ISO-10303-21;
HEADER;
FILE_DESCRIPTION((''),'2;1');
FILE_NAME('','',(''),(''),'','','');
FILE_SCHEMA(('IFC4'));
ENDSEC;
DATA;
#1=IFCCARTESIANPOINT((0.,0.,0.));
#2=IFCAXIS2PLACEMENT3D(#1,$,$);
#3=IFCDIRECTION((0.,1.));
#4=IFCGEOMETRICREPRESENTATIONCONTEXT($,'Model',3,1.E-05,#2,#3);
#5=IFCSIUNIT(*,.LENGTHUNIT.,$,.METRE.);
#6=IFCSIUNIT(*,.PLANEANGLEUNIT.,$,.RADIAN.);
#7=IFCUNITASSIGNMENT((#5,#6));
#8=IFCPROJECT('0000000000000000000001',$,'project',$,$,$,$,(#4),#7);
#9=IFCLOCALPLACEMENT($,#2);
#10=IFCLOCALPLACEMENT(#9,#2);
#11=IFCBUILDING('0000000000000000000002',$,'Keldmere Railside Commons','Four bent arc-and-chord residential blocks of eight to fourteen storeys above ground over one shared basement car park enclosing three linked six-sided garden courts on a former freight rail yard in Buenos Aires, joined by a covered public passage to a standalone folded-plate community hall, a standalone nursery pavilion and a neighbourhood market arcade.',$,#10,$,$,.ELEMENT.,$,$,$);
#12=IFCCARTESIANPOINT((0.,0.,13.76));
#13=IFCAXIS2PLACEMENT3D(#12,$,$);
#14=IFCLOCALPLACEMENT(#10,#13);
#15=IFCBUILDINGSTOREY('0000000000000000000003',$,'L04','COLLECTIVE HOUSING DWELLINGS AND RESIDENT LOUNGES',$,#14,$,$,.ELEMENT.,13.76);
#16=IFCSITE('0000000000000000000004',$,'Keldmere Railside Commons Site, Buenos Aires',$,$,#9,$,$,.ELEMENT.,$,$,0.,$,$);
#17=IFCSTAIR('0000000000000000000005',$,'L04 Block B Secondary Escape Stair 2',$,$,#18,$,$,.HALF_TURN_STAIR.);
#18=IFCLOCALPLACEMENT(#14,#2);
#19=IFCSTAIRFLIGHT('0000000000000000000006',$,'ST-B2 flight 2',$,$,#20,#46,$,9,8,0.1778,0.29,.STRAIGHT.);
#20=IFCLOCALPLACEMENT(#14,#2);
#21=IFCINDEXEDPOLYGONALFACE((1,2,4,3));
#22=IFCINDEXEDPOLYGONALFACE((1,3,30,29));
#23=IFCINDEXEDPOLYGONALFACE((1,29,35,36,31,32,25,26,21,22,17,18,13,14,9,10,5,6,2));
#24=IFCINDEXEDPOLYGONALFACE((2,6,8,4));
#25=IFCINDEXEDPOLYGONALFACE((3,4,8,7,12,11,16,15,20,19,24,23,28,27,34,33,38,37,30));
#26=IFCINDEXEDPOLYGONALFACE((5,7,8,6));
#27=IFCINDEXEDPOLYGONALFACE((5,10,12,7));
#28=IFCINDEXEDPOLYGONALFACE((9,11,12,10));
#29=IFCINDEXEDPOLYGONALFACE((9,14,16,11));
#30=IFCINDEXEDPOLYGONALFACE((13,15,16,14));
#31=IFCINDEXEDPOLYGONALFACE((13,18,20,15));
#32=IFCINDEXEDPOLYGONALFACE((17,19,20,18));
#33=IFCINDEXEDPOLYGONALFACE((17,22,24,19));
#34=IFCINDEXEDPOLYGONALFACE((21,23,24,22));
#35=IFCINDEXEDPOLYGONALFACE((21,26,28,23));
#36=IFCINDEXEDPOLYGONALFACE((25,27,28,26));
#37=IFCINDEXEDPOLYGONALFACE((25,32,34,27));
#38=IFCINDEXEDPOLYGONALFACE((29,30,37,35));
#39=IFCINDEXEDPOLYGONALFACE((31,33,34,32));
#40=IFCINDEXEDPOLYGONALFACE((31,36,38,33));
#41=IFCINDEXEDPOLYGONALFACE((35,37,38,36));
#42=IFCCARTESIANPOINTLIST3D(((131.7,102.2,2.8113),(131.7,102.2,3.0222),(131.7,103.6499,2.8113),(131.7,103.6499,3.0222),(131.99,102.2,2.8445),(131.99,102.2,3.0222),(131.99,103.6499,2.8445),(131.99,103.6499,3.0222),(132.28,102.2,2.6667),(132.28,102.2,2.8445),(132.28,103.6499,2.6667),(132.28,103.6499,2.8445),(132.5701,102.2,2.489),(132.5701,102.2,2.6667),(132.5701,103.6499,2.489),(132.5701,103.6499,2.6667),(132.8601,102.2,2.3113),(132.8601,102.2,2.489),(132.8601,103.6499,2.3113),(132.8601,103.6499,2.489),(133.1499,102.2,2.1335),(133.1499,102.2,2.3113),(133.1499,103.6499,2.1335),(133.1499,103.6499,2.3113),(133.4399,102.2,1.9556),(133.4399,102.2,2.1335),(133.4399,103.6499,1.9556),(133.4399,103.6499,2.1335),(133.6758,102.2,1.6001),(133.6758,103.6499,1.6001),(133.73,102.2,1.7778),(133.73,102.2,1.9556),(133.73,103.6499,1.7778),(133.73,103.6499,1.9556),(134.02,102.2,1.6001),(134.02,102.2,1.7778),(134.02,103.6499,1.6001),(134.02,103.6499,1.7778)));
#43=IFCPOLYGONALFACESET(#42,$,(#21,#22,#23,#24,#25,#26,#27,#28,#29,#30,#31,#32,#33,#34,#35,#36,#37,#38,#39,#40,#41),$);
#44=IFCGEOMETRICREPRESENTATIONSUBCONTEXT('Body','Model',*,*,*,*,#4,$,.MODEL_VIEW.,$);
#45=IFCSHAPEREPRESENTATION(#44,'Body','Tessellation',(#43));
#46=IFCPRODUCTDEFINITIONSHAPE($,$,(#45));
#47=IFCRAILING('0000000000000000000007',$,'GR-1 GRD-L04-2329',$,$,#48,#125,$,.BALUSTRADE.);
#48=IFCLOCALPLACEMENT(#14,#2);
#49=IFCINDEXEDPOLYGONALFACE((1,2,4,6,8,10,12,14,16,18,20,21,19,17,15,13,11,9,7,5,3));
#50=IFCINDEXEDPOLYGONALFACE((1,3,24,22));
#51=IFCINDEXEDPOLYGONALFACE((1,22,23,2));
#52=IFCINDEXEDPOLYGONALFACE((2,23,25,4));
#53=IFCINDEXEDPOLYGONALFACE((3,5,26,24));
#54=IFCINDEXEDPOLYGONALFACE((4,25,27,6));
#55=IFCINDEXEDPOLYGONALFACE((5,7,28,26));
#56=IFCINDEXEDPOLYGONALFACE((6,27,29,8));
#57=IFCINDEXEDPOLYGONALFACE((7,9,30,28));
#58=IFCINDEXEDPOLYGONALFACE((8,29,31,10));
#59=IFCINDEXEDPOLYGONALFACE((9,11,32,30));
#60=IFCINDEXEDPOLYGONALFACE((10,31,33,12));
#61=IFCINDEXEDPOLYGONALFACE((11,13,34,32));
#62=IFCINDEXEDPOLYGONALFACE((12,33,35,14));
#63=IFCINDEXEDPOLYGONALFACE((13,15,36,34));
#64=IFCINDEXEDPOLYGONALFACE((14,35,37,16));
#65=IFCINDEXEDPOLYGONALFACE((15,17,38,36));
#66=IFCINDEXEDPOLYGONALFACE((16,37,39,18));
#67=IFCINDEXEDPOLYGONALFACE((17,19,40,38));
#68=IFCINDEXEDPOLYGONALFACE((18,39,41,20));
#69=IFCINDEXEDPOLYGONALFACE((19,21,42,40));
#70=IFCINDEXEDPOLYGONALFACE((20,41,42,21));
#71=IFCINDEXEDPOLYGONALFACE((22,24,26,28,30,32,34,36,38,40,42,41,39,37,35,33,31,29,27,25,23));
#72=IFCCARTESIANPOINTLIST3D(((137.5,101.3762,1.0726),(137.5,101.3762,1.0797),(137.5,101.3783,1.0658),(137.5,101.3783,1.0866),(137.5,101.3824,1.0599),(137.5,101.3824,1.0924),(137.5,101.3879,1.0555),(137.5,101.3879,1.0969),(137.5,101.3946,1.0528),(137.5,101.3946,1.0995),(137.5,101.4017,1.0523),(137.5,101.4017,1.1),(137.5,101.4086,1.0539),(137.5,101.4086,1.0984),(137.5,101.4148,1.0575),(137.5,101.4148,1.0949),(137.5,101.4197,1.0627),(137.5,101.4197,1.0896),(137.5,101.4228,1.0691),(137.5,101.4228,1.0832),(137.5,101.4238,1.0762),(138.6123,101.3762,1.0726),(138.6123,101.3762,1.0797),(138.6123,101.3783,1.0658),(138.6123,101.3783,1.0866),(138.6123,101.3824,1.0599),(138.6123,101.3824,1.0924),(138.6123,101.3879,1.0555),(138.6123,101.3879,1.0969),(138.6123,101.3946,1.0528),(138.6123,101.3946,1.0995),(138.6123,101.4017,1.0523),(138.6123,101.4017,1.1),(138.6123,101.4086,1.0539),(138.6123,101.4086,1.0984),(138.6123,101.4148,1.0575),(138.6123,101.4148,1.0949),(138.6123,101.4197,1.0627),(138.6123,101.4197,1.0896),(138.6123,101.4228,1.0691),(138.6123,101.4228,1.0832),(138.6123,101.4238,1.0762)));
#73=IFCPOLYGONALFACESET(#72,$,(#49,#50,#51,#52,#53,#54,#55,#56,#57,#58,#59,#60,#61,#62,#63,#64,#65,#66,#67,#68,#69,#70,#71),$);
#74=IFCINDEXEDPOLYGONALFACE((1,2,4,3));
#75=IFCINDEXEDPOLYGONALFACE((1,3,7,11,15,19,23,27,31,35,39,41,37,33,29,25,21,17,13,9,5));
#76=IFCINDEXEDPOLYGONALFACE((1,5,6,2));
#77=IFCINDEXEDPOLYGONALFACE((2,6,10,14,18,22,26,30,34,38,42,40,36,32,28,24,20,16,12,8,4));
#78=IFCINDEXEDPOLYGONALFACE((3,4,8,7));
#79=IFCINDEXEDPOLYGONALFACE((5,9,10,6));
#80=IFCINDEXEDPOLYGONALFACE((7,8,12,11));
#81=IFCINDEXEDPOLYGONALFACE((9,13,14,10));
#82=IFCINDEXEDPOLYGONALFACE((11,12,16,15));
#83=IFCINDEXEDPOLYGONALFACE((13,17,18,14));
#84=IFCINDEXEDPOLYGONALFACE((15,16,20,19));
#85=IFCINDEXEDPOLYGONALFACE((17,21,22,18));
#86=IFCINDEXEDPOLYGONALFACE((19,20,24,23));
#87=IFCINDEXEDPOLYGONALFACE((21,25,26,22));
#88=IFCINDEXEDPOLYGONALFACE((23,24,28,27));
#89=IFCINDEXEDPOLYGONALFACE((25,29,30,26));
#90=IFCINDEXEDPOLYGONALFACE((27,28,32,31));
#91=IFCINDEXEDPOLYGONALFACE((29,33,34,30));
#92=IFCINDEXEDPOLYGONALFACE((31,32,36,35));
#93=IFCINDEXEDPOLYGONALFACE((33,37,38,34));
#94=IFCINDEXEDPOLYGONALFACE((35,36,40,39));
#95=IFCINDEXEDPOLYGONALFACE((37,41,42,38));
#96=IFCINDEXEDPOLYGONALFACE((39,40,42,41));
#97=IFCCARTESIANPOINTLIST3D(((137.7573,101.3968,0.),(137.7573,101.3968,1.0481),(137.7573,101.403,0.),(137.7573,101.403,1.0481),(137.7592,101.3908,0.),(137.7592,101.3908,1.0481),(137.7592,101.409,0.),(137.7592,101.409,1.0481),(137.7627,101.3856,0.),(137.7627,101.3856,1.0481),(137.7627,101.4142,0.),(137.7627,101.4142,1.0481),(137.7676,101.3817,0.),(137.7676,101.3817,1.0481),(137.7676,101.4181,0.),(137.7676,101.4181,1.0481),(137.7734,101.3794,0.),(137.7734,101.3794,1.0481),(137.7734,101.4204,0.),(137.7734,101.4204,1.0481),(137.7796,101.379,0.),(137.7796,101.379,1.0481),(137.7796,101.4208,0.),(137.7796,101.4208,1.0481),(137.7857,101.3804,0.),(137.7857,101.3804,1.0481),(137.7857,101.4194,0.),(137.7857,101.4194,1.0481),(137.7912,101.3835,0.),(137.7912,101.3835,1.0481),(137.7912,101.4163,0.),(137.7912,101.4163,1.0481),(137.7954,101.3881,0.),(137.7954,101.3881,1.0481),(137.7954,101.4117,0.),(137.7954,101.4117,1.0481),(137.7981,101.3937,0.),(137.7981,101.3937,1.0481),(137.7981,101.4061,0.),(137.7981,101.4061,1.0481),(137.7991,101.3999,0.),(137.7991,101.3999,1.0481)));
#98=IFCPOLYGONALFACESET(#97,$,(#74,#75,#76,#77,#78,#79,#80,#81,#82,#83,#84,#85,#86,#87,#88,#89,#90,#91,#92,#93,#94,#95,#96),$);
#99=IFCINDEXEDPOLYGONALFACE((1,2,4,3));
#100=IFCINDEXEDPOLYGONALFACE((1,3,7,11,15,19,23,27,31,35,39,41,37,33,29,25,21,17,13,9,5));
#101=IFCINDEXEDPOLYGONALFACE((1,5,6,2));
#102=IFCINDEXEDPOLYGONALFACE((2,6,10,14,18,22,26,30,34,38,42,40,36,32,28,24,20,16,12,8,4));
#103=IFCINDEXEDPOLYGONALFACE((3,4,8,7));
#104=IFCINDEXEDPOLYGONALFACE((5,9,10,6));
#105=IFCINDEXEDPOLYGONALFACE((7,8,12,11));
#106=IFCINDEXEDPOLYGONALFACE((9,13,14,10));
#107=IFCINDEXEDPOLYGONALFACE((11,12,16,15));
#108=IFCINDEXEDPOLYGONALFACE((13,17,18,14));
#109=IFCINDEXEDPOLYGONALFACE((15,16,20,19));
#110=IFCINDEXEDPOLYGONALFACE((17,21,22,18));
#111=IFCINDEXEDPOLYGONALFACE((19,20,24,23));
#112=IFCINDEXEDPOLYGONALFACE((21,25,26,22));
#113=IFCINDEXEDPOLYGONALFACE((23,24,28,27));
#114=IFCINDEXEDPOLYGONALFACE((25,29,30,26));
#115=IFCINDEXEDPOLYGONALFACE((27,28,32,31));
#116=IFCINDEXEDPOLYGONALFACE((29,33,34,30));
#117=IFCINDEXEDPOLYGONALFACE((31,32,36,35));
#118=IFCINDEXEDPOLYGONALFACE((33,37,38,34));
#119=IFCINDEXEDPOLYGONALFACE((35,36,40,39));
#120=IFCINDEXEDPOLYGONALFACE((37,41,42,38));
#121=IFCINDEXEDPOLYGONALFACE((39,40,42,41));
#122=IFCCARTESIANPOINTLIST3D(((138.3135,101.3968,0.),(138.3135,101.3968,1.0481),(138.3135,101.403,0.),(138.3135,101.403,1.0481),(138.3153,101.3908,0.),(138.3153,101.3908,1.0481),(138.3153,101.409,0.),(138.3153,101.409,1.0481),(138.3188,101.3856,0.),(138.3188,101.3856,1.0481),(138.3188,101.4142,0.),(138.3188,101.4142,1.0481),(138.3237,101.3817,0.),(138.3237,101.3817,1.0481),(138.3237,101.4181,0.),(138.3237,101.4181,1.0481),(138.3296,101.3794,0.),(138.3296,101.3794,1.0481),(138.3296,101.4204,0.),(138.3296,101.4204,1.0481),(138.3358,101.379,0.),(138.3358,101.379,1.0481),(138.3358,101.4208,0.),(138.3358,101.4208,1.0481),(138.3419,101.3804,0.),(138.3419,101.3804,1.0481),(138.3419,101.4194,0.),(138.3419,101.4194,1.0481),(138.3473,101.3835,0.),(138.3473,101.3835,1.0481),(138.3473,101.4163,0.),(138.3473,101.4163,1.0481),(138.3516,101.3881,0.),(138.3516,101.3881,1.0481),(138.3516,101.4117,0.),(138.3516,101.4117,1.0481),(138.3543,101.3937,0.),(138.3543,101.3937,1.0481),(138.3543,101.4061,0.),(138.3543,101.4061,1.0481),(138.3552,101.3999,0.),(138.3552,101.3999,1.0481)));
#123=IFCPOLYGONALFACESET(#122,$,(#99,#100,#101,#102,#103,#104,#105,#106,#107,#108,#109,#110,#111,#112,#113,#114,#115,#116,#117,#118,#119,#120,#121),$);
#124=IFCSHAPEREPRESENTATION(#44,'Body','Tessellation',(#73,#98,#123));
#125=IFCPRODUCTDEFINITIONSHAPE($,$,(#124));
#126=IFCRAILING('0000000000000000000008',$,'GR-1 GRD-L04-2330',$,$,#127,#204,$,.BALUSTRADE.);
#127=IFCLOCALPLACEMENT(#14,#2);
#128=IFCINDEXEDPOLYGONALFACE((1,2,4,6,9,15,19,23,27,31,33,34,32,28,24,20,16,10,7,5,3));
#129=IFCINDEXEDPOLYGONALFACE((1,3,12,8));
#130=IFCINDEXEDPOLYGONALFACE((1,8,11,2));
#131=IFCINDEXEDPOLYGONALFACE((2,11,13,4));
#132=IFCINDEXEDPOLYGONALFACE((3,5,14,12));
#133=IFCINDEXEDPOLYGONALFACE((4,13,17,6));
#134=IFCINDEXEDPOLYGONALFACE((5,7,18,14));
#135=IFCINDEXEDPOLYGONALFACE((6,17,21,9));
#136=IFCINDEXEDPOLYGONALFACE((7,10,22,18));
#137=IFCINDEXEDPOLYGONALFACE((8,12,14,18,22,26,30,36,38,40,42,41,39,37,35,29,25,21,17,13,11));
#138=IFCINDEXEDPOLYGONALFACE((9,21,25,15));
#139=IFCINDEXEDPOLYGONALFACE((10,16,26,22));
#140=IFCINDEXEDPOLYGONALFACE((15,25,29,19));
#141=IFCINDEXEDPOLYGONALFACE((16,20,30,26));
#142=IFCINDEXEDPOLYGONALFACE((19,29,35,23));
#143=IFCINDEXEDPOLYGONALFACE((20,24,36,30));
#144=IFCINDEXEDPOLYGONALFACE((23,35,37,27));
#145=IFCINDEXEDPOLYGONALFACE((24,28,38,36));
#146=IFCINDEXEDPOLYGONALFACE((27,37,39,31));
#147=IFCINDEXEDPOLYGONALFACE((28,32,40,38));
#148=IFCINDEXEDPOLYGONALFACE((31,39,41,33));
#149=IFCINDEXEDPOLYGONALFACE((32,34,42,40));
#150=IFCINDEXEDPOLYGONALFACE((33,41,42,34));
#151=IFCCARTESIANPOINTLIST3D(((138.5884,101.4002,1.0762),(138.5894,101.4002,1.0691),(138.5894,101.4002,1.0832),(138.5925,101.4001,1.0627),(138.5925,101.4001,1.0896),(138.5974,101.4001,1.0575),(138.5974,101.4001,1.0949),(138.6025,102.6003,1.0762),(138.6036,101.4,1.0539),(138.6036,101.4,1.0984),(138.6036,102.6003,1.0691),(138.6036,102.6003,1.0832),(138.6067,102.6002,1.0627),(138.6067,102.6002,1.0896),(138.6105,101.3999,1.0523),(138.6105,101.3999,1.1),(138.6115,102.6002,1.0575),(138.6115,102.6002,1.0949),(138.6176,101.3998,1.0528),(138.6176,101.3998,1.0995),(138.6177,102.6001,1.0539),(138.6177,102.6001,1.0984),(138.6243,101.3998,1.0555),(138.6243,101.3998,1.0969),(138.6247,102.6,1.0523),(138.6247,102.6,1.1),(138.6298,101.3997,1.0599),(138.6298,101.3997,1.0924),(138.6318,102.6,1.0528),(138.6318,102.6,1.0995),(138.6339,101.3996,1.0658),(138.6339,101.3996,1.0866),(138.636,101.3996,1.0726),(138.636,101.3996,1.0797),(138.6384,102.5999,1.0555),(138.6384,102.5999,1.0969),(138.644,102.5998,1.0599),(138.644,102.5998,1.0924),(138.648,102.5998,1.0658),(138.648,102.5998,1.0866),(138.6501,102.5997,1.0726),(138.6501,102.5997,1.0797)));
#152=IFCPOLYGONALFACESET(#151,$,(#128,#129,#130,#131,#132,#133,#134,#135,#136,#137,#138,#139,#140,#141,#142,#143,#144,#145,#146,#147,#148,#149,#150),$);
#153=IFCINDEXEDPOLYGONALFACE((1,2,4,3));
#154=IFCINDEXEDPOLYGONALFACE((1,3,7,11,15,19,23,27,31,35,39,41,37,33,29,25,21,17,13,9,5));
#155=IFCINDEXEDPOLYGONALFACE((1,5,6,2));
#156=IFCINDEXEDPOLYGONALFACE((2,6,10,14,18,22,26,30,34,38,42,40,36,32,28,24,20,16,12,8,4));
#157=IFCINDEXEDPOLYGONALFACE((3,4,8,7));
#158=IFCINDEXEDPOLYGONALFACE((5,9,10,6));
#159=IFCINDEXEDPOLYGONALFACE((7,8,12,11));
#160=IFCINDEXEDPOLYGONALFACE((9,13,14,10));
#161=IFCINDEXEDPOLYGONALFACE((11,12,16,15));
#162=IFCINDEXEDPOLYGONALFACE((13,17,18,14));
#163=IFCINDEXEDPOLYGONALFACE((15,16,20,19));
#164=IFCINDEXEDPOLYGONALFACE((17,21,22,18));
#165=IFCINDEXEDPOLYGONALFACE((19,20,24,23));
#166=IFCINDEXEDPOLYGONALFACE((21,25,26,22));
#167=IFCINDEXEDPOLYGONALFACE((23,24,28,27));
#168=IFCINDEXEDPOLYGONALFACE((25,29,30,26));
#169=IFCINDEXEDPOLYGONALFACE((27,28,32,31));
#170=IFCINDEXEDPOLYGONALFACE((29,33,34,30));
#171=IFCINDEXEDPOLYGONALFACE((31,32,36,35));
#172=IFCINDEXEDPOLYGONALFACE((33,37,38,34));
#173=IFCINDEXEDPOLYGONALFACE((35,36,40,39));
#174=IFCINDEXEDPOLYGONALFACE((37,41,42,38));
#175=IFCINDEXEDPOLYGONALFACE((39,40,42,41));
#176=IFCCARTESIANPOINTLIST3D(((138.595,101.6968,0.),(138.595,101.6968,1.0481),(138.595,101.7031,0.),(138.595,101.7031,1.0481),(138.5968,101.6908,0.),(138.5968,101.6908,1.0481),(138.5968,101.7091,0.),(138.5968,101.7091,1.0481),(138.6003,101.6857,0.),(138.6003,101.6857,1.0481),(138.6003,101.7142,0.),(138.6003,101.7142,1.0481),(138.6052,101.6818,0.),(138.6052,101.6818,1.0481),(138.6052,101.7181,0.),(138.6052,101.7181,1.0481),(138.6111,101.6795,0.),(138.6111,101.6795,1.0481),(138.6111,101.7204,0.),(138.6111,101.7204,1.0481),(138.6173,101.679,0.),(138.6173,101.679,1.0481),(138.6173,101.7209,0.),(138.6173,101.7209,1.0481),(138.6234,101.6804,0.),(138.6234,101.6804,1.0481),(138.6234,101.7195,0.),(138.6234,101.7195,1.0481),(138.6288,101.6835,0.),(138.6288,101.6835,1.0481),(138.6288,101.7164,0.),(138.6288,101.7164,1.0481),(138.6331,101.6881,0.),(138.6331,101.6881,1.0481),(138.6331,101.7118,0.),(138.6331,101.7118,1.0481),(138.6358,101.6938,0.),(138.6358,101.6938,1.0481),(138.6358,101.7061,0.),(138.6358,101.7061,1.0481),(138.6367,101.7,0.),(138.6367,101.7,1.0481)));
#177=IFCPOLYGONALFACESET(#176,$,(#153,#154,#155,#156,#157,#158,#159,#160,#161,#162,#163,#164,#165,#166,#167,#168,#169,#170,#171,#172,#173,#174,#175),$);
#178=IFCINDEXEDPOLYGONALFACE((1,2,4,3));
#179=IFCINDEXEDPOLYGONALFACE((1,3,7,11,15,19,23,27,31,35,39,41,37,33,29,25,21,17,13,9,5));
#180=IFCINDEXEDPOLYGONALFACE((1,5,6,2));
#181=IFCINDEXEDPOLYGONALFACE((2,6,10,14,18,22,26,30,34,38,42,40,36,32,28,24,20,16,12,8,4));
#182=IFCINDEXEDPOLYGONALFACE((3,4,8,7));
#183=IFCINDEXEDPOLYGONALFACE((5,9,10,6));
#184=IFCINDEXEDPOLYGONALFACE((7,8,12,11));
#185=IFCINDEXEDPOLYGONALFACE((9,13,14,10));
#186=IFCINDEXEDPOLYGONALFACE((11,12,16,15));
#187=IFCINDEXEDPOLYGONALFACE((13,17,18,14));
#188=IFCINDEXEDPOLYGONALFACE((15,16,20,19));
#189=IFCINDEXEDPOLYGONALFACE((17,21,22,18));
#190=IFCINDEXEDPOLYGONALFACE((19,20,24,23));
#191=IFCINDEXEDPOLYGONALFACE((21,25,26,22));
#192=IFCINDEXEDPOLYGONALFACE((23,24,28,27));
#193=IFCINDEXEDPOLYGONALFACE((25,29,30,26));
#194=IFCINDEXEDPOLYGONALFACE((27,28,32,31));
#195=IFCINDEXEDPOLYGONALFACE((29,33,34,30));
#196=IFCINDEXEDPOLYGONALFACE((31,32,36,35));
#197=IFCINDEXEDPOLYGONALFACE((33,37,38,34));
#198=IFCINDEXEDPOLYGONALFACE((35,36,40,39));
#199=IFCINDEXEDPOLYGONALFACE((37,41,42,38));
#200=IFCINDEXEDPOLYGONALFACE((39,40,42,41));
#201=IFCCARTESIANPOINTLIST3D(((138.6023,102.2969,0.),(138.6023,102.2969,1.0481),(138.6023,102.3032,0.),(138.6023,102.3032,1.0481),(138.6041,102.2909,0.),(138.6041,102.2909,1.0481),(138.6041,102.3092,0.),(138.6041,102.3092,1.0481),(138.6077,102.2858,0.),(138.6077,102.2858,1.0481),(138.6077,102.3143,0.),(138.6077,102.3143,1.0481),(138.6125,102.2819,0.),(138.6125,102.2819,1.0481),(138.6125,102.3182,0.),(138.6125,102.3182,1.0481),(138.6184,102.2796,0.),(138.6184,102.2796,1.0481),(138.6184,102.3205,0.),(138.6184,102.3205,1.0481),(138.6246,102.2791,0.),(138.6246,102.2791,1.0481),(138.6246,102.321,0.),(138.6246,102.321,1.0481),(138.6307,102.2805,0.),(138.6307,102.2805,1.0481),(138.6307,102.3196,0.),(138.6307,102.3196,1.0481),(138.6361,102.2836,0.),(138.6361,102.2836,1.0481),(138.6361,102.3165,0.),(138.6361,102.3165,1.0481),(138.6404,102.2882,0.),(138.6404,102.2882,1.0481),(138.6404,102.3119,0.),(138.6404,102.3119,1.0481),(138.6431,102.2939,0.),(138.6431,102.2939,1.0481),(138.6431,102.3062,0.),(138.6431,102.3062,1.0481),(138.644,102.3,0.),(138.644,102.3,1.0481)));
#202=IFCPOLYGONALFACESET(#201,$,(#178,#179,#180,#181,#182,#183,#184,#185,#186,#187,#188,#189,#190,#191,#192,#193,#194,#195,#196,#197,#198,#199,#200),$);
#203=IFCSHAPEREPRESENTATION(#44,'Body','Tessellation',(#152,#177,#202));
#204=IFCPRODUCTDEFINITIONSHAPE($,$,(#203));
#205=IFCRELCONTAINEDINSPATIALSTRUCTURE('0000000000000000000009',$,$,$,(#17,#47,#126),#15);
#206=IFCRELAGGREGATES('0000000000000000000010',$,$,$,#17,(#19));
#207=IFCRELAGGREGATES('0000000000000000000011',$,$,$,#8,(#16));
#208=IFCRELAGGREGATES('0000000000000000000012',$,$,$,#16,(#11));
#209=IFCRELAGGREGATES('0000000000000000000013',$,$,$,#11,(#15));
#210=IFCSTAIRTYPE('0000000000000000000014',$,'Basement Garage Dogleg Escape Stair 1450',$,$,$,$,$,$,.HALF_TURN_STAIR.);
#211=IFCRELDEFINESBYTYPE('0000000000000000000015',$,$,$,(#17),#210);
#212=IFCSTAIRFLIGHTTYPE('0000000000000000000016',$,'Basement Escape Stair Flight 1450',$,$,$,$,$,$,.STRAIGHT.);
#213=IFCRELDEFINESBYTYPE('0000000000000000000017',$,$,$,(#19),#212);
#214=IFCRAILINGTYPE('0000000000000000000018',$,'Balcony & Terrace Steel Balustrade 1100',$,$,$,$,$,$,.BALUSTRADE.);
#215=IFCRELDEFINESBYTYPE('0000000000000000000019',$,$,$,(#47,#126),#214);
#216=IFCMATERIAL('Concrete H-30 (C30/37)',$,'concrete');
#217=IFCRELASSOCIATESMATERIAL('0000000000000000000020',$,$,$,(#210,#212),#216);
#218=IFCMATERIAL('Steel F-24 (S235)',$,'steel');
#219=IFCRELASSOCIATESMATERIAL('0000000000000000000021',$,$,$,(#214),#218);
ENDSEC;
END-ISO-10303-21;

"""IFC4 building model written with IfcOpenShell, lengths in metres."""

from ifc_helpers import new_model, si_unit, direction, frame, origin, origin_2d, place, context, subcontext, project, spatial, polyline, circle, outline, extrude, material, type_object, element, aggregate, save


model = new_model("IFC4")

# Units and contexts
model_context = context("Model", 3, precision=1e-05, world=origin(), true_north=direction((0.0, 1.0)))
body_context = subcontext(model_context, "Body", "Model", "MODEL_VIEW")
ifc_project = project(units=[si_unit("LENGTHUNIT", "METRE"), si_unit("PLANEANGLEUNIT", "RADIAN")], contexts=[model_context])

# Site, building, storey
site_placement = place(None, origin())
site = spatial("IfcSite", under=ifc_project, at=site_placement, Name="Keldmere Railside Commons Site, Buenos Aires", CompositionType="ELEMENT", RefElevation=0.0)
building_placement = place(site_placement, origin())
building = spatial("IfcBuilding", under=site, at=building_placement, Name="Keldmere Railside Commons", Description="Four bent arc-and-chord residential blocks of eight to fourteen storeys above ground over one shared basement car park enclosing three linked six-sided garden courts on a former freight rail yard in Buenos Aires, joined by a covered public passage to a standalone folded-plate community hall, a standalone nursery pavilion and a neighbourhood market arcade.", CompositionType="ELEMENT")
storey_placement = place(building_placement, frame((0.0, 0.0, 13.76)))
storey = spatial("IfcBuildingStorey", under=building, at=storey_placement, Name="L04", Description="COLLECTIVE HOUSING DWELLINGS AND RESIDENT LOUNGES", CompositionType="ELEMENT", Elevation=13.76)

# Stair, stair flight
ifc_material_1 = material(Name="Concrete H-30 (C30/37)", Category="concrete")
stair_type = type_object("IfcStairType", Name="Basement Garage Dogleg Escape Stair 1450", PredefinedType="HALF_TURN_STAIR", material=ifc_material_1)
stair_placement = place(storey_placement, origin())
stair = element("IfcStair", 1, at=stair_placement, inside=storey, type_object=stair_type, Name="L04 Block B Secondary Escape Stair 2", PredefinedType="HALF_TURN_STAIR")
stair_flight_type = type_object("IfcStairFlightType", Name="Basement Escape Stair Flight 1450", PredefinedType="STRAIGHT", material=ifc_material_1)
stair_flight_1_placement = place(storey_placement, frame((134.02, 102.925, 1.6001), z_axis=(0.0, 0.0, 1.0), x_axis=(-1.0, 0.0, 0.0)))
stair_flight_1 = element("IfcStairFlight", 2, at=stair_flight_1_placement, type_object=stair_flight_type, Name="ST-B2 flight 2", NumberOfRisers=9, NumberOfTreads=8, PredefinedType="STRAIGHT", RiserHeight=0.1778, TreadLength=0.29, context=body_context, shape_type="SweptSolid", body=[
    extrude(outline(polyline([(0.0, 0.0), (0.0, 0.1777), (0.29, 0.1777), (0.29, 0.3555), (0.5801, 0.3555), (0.5801, 0.5334), (0.8701, 0.5334), (0.8701, 0.7112), (1.1599, 0.7112), (1.1599, 0.8889), (1.45, 0.8889), (1.45, 1.0667), (1.74, 1.0667), (1.74, 1.2444), (2.03, 1.2444), (2.03, 1.4221), (2.3201, 1.4221), (2.3201, 1.6001), (2.3201, 1.2112), (0.3442, 0.0), (0.0, 0.0)])), frame((0.0, 0.7251, 0.0), z_axis=(0.0, -1.0, 0.0), x_axis=(1.0, 0.0, 0.0)), (0.0, 0.0, 1.0), 1.45),
])
aggregate(stair, [stair_flight_1])

# Railings
ifc_material_2 = material(Name="Steel F-24 (S235)", Category="steel")
railing_type_1 = type_object("IfcRailingType", Name="Balcony & Terrace Steel Balustrade 1100", PredefinedType="BALUSTRADE", material=ifc_material_2)
railing_1_placement = place(storey_placement, frame((137.5, 101.3999, 0.0)))
element("IfcRailing", 3, at=railing_1_placement, inside=storey, type_object=railing_type_1, Name="GR-1 GRD-L04-2329", PredefinedType="BALUSTRADE", context=body_context, shape_type="SweptSolid", body=[
    extrude(circle(Radius=0.0239, at=origin_2d()), frame((0.0, 0.0, 1.0762), z_axis=(1.0, 0.0, 0.0), x_axis=(0.0, 1.0, 0.0)), (0.0, 0.0, 1.0), 1.1123),
    extrude(circle(Radius=0.021, at=origin_2d()), frame((0.2781, 0.0, 0.0)), (0.0, 0.0, 1.0), 1.0481),
    extrude(circle(Radius=0.021, at=origin_2d()), frame((0.8342, 0.0, 0.0)), (0.0, 0.0, 1.0), 1.0481),
])
railing_2_placement = place(storey_placement, frame((138.6123, 101.3999, 0.0)))
element("IfcRailing", 4, at=railing_2_placement, inside=storey, type_object=railing_type_1, Name="GR-1 GRD-L04-2330", PredefinedType="BALUSTRADE", context=body_context, shape_type="SweptSolid", body=[
    extrude(circle(Radius=0.0239, at=origin_2d()), frame((0.0, 0.0, 1.0762), z_axis=(0.011797, 0.99993, 0.0), x_axis=(-0.99993, 0.011797, 0.0)), (0.0, 0.0, 1.0), 1.2002),
    extrude(circle(Radius=0.021, at=origin_2d()), frame((0.0034, 0.3, 0.0)), (0.0, 0.0, 1.0), 1.0481),
    extrude(circle(Radius=0.021, at=origin_2d()), frame((0.0107, 0.9001, 0.0)), (0.0, 0.0, 1.0), 1.0481),
])

save(model, "model.ifc")
